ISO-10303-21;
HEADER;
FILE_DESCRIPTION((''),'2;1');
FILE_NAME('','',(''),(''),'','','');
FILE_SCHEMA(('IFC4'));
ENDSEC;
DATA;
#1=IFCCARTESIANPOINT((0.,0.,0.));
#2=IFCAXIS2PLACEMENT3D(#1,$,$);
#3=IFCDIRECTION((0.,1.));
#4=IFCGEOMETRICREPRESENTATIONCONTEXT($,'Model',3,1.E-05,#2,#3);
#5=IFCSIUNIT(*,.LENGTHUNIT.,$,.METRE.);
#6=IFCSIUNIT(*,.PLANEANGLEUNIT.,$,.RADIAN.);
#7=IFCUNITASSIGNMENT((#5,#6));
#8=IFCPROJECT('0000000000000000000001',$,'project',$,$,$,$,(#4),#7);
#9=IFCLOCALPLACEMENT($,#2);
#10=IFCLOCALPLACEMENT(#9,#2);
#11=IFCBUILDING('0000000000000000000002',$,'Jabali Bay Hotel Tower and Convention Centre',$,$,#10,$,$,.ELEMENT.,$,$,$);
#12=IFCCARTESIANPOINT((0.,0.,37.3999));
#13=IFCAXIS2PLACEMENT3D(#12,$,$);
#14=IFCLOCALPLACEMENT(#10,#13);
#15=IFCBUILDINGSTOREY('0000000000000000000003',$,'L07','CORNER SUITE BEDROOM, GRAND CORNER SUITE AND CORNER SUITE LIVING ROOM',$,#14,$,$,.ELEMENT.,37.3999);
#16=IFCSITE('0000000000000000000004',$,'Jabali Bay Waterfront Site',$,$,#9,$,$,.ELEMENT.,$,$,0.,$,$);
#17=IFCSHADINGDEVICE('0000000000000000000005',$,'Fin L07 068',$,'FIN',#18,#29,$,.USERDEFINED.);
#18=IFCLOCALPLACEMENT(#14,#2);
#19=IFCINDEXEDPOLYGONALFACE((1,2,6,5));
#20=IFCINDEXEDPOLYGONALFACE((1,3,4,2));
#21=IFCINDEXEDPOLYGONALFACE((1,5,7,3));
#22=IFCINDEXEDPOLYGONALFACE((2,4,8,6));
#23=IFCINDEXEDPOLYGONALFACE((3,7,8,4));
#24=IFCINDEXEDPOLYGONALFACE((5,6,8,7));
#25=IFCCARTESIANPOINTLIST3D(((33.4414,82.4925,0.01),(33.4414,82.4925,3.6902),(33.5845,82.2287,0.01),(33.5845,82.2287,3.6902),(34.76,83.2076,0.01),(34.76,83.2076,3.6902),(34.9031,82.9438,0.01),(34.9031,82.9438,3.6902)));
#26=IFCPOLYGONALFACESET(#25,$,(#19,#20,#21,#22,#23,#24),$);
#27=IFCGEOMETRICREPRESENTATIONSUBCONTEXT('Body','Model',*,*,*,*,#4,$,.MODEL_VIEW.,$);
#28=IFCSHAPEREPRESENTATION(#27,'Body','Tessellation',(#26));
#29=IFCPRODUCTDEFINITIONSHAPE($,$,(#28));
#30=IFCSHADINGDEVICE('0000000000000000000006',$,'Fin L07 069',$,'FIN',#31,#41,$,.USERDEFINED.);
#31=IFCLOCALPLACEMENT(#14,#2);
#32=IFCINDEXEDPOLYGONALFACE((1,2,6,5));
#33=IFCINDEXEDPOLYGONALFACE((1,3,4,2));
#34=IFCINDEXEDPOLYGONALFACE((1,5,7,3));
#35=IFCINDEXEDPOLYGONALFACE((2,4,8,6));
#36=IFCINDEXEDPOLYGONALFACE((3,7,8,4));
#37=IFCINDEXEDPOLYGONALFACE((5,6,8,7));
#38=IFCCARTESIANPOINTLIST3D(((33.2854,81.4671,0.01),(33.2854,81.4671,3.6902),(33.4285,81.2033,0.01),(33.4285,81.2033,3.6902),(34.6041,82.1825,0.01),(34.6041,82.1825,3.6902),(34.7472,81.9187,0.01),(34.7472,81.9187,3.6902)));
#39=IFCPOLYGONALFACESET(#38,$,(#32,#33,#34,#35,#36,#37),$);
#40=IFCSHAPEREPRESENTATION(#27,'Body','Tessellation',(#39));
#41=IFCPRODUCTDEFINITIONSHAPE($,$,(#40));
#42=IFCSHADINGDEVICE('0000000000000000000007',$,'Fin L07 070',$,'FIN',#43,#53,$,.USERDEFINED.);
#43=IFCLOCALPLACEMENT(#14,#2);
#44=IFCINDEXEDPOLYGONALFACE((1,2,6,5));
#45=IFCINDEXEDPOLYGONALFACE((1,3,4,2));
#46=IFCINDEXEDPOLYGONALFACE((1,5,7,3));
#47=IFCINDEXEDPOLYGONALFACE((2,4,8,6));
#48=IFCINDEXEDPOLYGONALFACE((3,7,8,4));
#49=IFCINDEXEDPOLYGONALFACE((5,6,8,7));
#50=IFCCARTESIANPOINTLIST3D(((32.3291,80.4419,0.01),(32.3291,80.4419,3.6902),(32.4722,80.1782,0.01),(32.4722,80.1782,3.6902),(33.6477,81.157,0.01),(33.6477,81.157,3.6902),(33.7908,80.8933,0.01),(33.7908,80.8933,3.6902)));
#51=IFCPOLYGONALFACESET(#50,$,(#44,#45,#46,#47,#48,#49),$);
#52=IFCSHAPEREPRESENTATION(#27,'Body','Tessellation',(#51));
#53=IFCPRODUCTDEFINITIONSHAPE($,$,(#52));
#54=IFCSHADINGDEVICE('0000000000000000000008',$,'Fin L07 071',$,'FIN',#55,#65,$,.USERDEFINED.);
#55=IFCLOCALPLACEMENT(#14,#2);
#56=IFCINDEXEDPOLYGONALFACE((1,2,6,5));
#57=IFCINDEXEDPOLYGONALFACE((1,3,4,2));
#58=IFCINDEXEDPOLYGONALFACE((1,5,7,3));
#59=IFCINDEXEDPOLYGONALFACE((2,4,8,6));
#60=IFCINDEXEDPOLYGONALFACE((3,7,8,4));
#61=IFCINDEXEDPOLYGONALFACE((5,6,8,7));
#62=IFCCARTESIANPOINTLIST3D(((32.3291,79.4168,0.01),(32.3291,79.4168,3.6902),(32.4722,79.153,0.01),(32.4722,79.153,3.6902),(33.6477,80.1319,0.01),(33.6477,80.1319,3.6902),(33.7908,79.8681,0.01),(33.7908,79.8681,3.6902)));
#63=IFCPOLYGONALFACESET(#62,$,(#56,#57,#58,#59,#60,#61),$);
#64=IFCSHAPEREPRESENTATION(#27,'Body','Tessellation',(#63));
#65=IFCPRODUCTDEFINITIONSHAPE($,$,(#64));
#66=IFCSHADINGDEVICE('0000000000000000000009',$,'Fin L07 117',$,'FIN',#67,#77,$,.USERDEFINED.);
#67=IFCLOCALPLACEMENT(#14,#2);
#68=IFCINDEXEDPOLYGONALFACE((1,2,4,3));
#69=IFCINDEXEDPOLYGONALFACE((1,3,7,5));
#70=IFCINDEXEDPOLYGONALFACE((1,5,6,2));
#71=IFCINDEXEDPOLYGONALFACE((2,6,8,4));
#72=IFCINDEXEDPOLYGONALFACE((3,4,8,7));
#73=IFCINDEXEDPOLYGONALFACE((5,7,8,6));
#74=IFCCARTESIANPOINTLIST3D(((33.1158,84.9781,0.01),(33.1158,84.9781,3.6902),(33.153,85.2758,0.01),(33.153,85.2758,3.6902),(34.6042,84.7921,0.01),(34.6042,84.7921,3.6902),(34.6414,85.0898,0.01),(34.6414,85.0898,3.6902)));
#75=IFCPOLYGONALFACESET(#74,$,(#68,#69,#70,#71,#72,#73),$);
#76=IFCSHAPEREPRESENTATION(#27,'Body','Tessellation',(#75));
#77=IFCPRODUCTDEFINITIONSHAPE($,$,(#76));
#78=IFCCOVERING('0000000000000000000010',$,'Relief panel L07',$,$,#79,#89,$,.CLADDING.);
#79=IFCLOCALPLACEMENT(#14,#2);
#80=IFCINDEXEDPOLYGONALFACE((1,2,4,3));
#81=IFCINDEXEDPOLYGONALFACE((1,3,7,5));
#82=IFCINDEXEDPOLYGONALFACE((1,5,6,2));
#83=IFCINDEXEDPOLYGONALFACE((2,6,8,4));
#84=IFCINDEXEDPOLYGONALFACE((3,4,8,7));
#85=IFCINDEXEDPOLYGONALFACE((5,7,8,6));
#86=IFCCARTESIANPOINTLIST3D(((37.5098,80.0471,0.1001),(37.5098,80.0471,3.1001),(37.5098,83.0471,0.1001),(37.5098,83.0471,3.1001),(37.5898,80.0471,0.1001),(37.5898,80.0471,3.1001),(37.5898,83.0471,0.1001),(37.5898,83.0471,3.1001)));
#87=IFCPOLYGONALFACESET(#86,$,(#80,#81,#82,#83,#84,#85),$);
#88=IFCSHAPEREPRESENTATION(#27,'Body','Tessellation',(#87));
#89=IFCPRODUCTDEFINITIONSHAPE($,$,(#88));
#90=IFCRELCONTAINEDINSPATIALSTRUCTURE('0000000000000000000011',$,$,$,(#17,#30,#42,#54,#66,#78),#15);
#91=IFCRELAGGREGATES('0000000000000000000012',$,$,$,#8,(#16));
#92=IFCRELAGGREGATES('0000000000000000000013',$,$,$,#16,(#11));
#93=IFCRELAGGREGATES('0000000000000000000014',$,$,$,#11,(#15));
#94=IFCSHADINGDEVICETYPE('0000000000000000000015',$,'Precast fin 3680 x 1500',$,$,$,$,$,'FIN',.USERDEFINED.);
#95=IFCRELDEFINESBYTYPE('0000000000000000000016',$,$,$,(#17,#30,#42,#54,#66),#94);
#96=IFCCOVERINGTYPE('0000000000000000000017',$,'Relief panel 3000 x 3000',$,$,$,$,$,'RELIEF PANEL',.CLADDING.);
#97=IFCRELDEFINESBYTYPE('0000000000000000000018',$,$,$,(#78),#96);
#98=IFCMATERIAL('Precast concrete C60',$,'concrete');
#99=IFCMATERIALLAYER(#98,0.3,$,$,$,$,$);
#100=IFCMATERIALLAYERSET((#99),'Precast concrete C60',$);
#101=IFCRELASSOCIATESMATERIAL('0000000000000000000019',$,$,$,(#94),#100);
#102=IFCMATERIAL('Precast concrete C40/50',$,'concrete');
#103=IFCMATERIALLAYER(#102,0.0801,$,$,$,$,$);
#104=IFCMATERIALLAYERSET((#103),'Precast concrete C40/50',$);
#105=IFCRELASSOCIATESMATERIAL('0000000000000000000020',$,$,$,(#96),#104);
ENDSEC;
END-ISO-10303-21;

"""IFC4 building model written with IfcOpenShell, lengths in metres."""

from ifc_helpers import new_model, si_unit, direction, frame, frame_2d, origin, origin_2d, place, context, subcontext, project, spatial, rectangle, extrude, material, layer, layer_set, type_object, element, save


model = new_model("IFC4")

# Units and contexts
model_context = context("Model", 3, precision=1e-05, world=origin(), true_north=direction((0.0, 1.0)))
body_context = subcontext(model_context, "Body", "Model", "MODEL_VIEW")
ifc_project = project(units=[si_unit("LENGTHUNIT", "METRE"), si_unit("PLANEANGLEUNIT", "RADIAN")], contexts=[model_context])

# Site, building, storey
site_placement = place(None, origin())
site = spatial("IfcSite", under=ifc_project, at=site_placement, Name="Jabali Bay Waterfront Site", CompositionType="ELEMENT", RefElevation=0.0)
building_placement = place(site_placement, origin())
building = spatial("IfcBuilding", under=site, at=building_placement, Name="Jabali Bay Hotel Tower and Convention Centre", CompositionType="ELEMENT")
storey_placement = place(building_placement, frame((0.0, 0.0, 37.3999)))
storey = spatial("IfcBuildingStorey", under=building, at=storey_placement, Name="L07", Description="CORNER SUITE BEDROOM, GRAND CORNER SUITE AND CORNER SUITE LIVING ROOM", CompositionType="ELEMENT", Elevation=37.3999)

# Shading devices
ifc_material_1 = material(Name="Precast concrete C60", Category="concrete")
ifc_layer_1 = layer(ifc_material_1, 0.3)
ifc_layer_set_1 = layer_set([ifc_layer_1], Name="Precast concrete C60")
shading_device_type_1 = type_object("IfcShadingDeviceType", Name="Precast fin 3680 x 1500", ElementType="FIN", PredefinedType="USERDEFINED", material=ifc_layer_set_1)
shading_device_1_placement = place(storey_placement, frame((34.8315, 83.0757, 0.01), z_axis=(0.0, 0.0, 1.0), x_axis=(-0.879056, -0.476718, 0.0)))
element("IfcShadingDevice", 1, at=shading_device_1_placement, inside=storey, type_object=shading_device_type_1, Name="Fin L07 068", ObjectType="FIN", PredefinedType="USERDEFINED", context=body_context, shape_type="SweptSolid", body=[
    extrude(rectangle(XDim=1.5, YDim=0.3, at=frame_2d((0.75, 0.0))), origin(), (0.0, 0.0, 1.0), 3.6802),
])
shading_device_2_placement = place(storey_placement, frame((34.6755, 82.0505, 0.01), z_axis=(0.0, 0.0, 1.0), x_axis=(-0.878988, -0.476844, 0.0)))
element("IfcShadingDevice", 2, at=shading_device_2_placement, inside=storey, type_object=shading_device_type_1, Name="Fin L07 069", ObjectType="FIN", PredefinedType="USERDEFINED", context=body_context, shape_type="SweptSolid", body=[
    extrude(rectangle(XDim=1.5002, YDim=0.3, at=frame_2d((0.75, 0.0))), origin(), (0.0, 0.0, 1.0), 3.6802),
])
for number, where, z_axis, x_axis, name in (
    (3, (33.7192, 81.0251, 0.01), (0.0, 0.0, 1.0), (-0.879056, -0.476718, 0.0), "Fin L07 070"),
    (4, (33.7192, 80.0, 0.01), (0.0, 0.0, 1.0), (-0.879056, -0.476718, 0.0), "Fin L07 071"),
    (5, (34.6228, 84.9409, 0.01), (0.0, 0.0, 1.0), (-0.99228, 0.124015, 0.0), "Fin L07 117"),
):
    element("IfcShadingDevice", number, at=place(storey_placement, frame(where, z_axis=z_axis, x_axis=x_axis)), inside=storey, type_object=shading_device_type_1, Name=name, ObjectType="FIN", PredefinedType="USERDEFINED", context=body_context, shape_type="SweptSolid", body=[
        extrude(rectangle(XDim=1.5, YDim=0.3, at=frame_2d((0.75, 0.0))), origin(), (0.0, 0.0, 1.0), 3.6802),
    ])

# Covering
ifc_material_2 = material(Name="Precast concrete C40/50", Category="concrete")
ifc_layer_2 = layer(ifc_material_2, 0.0801)
ifc_layer_set_2 = layer_set([ifc_layer_2], Name="Precast concrete C40/50")
covering_type = type_object("IfcCoveringType", Name="Relief panel 3000 x 3000", ElementType="RELIEF PANEL", PredefinedType="CLADDING", material=ifc_layer_set_2)
covering_placement = place(storey_placement, frame((37.5498, 81.5471, 0.1001), z_axis=(0.0, 0.0, 1.0), x_axis=(0.0, 1.0, 0.0)))
element("IfcCovering", 6, at=covering_placement, inside=storey, type_object=covering_type, Name="Relief panel L07", PredefinedType="CLADDING", context=body_context, shape_type="SweptSolid", body=[
    extrude(rectangle(XDim=3.0, YDim=0.0801, at=origin_2d()), origin(), (0.0, 0.0, 1.0), 3.0),
])

save(model, "model.ifc")
